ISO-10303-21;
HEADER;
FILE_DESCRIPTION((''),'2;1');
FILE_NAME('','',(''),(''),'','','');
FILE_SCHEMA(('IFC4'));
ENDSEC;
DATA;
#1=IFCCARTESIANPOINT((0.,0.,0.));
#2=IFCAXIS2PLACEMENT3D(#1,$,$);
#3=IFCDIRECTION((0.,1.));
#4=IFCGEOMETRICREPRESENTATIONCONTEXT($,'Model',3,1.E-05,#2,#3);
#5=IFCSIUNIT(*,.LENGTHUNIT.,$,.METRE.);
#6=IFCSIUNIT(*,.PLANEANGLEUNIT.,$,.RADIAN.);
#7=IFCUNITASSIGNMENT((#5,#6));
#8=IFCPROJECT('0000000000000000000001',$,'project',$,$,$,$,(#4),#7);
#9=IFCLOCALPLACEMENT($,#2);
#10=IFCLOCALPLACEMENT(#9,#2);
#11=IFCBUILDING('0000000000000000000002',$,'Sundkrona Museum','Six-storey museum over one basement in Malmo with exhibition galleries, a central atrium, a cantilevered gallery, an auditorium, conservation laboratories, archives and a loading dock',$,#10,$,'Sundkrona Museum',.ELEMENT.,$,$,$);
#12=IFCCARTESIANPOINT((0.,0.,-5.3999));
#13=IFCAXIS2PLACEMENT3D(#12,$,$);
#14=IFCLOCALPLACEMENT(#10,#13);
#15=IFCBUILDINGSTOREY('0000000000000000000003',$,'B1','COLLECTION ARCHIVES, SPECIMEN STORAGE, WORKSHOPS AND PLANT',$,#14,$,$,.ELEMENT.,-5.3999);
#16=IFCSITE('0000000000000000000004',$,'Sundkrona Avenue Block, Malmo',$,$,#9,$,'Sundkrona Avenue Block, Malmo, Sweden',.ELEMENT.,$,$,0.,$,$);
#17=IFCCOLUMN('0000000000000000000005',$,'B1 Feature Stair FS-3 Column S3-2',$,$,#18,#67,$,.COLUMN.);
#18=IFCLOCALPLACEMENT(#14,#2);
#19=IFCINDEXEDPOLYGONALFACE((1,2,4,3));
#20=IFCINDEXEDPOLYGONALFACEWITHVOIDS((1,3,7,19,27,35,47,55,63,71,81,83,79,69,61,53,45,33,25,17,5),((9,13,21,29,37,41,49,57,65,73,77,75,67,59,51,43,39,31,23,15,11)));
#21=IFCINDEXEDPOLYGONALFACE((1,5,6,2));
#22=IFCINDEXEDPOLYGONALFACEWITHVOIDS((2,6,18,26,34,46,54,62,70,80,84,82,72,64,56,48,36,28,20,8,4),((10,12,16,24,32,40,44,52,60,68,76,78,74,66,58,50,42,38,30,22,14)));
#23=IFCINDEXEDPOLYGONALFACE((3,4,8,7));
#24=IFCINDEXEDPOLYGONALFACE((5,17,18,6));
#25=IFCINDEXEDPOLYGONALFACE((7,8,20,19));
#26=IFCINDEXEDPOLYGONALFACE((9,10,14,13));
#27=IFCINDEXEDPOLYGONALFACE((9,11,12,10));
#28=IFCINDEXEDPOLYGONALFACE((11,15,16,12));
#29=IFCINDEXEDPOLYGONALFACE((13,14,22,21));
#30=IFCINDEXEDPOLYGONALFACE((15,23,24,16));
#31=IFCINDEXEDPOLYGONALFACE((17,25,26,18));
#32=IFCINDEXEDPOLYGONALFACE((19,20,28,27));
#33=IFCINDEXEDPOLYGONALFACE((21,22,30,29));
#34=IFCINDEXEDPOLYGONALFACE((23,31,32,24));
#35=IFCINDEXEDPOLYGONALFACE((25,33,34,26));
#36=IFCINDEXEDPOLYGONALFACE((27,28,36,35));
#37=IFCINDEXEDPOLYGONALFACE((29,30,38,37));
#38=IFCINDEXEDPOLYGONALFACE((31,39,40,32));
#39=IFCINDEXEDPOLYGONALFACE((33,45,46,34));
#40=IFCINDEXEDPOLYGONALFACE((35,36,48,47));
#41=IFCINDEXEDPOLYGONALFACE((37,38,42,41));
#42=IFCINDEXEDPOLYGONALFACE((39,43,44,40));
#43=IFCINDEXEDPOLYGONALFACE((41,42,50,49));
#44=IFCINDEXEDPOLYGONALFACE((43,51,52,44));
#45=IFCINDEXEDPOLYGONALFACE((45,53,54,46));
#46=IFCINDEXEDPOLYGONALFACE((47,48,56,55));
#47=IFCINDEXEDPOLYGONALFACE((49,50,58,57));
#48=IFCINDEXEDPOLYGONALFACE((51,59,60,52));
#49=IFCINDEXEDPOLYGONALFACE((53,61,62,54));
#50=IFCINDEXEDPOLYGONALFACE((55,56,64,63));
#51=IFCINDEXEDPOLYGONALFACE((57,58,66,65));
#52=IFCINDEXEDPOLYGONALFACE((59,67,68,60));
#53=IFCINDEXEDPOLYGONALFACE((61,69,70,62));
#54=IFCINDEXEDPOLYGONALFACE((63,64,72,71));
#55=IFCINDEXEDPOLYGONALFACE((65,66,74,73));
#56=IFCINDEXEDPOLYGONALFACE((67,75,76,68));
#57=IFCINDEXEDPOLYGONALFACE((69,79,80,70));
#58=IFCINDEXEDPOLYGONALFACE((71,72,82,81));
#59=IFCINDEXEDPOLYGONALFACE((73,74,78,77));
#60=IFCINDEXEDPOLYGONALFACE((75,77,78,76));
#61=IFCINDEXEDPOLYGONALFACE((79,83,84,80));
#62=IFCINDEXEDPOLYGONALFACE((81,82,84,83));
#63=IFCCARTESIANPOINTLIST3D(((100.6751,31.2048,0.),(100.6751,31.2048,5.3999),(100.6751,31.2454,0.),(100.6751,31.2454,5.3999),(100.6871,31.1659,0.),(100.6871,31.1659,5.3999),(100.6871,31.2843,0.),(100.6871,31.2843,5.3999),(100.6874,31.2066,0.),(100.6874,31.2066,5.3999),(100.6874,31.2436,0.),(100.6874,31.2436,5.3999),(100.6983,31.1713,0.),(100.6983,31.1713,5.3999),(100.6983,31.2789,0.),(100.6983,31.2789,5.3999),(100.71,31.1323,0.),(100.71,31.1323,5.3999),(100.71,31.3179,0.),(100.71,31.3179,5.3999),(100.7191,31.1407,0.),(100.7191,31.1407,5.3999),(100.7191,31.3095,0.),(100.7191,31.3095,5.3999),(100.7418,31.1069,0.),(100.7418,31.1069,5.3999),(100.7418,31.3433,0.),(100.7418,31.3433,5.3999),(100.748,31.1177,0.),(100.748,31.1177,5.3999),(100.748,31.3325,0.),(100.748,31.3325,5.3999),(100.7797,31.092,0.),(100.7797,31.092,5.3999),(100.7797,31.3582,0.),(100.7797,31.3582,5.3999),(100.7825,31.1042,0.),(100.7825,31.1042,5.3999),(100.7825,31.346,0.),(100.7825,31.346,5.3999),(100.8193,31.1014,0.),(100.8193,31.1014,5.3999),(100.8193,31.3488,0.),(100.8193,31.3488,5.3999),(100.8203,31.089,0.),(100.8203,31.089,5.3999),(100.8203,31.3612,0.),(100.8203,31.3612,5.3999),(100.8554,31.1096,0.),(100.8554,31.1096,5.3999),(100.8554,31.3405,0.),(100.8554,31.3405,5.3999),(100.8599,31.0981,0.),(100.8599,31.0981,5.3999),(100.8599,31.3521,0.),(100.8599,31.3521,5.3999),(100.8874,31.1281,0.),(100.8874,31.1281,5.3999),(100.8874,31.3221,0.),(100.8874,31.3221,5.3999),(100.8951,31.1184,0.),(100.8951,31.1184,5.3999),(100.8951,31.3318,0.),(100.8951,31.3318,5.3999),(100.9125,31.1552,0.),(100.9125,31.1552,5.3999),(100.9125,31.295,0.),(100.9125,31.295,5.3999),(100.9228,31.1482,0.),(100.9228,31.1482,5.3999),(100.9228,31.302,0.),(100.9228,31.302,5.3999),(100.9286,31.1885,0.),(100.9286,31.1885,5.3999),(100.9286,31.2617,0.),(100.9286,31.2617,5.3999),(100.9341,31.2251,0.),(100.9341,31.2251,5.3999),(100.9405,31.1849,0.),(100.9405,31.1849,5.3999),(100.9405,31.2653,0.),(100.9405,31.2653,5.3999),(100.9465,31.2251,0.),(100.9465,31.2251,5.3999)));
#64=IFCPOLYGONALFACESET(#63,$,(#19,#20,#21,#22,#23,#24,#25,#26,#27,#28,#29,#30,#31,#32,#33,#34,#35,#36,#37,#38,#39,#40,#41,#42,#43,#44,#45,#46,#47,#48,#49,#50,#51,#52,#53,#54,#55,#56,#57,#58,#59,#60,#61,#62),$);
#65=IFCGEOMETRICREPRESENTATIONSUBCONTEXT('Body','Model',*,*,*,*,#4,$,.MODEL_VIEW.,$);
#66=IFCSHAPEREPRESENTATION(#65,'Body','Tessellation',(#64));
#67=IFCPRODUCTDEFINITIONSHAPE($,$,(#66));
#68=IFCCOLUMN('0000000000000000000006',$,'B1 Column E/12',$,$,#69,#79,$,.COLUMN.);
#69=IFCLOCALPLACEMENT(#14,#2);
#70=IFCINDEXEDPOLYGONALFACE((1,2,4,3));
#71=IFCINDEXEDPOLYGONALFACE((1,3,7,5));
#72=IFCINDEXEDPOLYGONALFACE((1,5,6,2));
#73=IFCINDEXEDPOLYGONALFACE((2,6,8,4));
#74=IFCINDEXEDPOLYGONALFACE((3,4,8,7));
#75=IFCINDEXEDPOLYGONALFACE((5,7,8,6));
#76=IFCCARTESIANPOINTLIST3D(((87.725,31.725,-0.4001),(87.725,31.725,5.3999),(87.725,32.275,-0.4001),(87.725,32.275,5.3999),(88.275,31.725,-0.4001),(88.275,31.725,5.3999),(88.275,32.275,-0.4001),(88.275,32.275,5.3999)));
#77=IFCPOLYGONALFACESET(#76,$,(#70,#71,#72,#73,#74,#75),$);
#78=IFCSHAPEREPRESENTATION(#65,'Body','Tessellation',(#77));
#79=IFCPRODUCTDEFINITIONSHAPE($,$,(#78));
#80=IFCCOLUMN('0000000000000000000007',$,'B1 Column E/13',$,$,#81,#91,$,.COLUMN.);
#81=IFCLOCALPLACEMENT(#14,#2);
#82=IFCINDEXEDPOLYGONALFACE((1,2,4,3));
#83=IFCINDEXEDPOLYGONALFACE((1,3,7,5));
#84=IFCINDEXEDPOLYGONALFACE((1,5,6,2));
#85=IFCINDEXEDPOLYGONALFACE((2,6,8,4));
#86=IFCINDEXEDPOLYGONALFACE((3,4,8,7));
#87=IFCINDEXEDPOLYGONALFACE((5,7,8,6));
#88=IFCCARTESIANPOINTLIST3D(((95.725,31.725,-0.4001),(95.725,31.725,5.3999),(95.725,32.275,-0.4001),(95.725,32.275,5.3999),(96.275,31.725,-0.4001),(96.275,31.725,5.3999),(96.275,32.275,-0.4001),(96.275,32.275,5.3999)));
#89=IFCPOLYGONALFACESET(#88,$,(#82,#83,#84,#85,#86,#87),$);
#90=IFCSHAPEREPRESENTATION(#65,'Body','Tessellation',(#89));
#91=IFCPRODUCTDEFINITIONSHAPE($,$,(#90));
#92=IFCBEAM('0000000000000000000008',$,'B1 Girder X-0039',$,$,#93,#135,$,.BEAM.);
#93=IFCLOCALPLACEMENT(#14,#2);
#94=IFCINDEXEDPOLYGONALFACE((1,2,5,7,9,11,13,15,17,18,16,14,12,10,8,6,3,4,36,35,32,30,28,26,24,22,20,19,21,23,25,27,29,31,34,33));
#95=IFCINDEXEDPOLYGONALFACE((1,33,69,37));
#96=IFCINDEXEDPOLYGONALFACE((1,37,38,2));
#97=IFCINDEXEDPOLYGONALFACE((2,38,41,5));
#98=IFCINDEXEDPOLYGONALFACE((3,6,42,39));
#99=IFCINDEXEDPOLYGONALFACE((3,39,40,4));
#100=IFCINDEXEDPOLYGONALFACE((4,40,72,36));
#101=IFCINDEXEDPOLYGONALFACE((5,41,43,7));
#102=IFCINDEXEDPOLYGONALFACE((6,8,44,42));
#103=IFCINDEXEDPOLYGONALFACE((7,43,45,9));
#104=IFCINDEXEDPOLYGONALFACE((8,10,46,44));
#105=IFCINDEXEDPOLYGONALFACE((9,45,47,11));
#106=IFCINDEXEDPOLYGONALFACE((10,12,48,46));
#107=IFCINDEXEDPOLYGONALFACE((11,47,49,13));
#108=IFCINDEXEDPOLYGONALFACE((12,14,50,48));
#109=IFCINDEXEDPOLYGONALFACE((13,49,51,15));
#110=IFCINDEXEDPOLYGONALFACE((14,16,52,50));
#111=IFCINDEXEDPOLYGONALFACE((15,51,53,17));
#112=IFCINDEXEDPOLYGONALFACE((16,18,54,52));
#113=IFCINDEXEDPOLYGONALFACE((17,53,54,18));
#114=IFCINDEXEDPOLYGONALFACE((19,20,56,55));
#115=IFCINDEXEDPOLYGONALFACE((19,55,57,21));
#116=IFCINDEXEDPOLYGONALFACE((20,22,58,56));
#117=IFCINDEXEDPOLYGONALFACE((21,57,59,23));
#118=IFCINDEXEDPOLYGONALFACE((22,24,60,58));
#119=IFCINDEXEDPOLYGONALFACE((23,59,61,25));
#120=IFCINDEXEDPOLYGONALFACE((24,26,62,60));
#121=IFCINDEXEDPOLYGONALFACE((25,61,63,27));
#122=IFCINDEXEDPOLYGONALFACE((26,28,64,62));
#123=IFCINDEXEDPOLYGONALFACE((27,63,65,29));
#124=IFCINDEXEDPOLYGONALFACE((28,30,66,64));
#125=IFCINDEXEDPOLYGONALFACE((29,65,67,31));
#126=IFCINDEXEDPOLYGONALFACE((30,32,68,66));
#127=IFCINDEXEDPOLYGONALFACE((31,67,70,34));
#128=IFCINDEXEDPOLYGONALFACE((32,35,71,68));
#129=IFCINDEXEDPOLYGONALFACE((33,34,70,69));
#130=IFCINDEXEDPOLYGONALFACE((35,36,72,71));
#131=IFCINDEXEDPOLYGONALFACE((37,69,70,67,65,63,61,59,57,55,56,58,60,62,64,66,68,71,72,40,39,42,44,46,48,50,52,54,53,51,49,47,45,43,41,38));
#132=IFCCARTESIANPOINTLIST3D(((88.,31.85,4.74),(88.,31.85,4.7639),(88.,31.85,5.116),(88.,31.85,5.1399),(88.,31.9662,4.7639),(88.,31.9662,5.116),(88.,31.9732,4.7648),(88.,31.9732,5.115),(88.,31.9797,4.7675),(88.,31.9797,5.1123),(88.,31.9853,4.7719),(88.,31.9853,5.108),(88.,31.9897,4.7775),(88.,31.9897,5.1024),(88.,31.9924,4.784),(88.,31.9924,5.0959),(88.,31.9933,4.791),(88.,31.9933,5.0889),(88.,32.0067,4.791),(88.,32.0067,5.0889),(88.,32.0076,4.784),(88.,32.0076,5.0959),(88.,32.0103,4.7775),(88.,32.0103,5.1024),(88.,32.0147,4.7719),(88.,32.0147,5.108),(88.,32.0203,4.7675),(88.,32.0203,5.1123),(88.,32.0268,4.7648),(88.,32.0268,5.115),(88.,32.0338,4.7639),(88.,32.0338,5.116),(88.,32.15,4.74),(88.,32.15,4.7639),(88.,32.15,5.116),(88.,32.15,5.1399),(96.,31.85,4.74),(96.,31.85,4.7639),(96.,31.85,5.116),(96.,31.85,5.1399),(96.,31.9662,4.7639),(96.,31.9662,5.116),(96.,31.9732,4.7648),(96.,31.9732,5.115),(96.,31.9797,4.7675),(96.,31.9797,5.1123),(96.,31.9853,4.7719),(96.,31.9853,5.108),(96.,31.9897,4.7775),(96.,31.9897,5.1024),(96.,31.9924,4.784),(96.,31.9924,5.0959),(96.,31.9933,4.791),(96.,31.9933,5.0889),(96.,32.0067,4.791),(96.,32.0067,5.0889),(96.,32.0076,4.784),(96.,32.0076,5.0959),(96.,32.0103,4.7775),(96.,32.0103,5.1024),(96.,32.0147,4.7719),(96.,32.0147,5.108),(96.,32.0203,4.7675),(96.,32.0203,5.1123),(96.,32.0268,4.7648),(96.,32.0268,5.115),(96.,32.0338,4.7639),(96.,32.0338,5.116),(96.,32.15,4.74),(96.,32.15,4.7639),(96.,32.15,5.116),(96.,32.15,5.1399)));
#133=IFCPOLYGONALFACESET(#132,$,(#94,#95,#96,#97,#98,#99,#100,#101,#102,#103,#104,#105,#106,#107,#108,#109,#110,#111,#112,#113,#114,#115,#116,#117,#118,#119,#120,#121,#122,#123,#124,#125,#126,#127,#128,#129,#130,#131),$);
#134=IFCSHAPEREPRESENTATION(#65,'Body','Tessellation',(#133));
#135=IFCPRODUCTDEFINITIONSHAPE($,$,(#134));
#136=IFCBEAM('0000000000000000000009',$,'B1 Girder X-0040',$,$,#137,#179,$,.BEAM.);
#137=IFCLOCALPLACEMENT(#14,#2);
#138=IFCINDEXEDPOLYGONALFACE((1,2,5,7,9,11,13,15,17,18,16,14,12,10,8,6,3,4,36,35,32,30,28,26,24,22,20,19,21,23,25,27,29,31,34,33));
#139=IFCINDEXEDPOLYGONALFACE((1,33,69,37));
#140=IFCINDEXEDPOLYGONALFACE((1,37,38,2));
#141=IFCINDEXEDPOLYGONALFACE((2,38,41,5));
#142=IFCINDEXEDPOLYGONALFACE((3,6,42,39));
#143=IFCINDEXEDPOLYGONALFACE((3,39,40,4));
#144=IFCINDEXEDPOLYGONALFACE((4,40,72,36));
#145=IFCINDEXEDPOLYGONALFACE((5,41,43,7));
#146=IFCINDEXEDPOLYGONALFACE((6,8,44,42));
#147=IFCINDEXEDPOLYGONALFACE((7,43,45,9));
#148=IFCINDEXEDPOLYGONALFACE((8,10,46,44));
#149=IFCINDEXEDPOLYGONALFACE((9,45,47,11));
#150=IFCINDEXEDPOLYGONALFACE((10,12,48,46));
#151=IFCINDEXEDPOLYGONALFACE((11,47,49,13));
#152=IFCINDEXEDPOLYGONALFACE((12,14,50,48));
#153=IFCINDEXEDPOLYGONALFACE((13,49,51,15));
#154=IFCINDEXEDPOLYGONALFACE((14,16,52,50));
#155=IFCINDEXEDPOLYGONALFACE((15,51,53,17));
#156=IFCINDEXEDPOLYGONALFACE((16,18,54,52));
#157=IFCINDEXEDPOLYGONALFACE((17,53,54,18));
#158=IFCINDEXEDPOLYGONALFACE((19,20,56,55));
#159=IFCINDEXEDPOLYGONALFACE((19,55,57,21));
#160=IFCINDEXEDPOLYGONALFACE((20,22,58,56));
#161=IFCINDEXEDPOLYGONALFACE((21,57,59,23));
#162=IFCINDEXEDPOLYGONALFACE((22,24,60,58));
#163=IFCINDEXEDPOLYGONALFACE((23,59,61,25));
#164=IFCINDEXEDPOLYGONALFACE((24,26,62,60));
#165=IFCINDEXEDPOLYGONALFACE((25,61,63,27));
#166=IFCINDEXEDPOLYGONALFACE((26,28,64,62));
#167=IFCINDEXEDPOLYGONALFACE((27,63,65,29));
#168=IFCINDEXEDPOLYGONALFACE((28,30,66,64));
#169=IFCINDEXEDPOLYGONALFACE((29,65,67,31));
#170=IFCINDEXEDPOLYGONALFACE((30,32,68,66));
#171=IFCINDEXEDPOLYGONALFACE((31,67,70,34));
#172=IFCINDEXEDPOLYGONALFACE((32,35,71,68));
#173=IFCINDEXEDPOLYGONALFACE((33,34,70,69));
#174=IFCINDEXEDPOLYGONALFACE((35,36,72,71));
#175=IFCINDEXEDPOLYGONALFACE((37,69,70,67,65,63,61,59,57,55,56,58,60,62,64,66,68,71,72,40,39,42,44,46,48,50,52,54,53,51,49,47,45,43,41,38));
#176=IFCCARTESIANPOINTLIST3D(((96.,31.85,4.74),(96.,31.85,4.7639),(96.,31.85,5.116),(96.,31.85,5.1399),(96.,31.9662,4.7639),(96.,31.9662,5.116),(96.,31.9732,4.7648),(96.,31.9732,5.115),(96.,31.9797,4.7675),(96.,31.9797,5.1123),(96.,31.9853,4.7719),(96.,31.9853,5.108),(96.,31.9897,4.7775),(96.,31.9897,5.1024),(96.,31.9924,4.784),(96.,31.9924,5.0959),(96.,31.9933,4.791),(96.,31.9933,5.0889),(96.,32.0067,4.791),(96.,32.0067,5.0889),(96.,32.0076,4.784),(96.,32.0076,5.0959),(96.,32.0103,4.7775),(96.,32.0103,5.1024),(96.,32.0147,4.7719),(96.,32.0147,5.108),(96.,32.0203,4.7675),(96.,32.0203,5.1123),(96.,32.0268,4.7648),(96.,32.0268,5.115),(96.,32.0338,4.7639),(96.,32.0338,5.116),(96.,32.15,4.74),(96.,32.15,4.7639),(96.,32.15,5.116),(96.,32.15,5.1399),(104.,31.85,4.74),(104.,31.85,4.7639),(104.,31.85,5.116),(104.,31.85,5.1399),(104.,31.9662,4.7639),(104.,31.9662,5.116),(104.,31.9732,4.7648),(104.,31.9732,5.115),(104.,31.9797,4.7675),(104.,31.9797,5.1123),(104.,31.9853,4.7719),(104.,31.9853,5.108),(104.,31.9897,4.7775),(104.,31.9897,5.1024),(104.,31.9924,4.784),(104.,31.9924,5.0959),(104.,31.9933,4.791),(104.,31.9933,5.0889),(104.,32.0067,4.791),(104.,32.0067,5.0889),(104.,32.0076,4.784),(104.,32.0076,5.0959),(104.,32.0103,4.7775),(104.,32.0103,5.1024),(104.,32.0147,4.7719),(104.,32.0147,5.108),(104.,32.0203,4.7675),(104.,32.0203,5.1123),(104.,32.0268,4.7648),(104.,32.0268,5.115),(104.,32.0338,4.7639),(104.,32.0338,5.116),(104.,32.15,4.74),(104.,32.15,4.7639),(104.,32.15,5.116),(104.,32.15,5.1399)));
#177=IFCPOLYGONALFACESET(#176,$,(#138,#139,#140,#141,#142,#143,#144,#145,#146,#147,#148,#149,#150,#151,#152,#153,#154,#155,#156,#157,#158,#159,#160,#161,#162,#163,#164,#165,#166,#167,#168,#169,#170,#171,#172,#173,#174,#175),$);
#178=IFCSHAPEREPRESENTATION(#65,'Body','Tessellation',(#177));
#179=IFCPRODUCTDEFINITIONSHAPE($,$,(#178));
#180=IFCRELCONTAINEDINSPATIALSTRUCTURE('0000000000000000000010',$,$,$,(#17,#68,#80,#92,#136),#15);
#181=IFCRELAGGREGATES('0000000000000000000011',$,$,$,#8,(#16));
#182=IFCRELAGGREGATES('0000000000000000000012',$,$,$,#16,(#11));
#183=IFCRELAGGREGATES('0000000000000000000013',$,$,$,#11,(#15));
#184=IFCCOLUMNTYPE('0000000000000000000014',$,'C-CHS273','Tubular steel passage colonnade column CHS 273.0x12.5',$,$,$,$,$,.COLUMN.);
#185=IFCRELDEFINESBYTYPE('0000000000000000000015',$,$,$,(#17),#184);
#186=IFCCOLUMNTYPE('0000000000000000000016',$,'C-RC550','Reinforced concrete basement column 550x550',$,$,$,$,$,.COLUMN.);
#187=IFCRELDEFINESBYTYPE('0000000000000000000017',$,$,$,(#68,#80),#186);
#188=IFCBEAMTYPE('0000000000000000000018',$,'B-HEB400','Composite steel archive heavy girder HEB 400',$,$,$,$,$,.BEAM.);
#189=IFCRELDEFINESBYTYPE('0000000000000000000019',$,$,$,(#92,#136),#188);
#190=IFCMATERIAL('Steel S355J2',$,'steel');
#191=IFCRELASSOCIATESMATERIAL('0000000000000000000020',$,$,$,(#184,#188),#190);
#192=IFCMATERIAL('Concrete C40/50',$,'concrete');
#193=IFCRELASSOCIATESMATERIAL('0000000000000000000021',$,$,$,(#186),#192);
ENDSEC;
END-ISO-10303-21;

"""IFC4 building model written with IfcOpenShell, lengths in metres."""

from ifc_helpers import new_model, si_unit, direction, frame, origin, origin_2d, place, context, subcontext, project, spatial, rectangle, hollow_circle, i_section, extrude, material, material_profile, profile_set, type_object, element, save


model = new_model("IFC4")

# Units and contexts
model_context = context("Model", 3, precision=1e-05, world=origin(), true_north=direction((0.0, 1.0)))
body_context = subcontext(model_context, "Body", "Model", "MODEL_VIEW")
ifc_project = project(units=[si_unit("LENGTHUNIT", "METRE"), si_unit("PLANEANGLEUNIT", "RADIAN")], contexts=[model_context])

# Site, building, storey
site_placement = place(None, origin())
site = spatial("IfcSite", under=ifc_project, at=site_placement, Name="Sundkrona Avenue Block, Malmo", LongName="Sundkrona Avenue Block, Malmo, Sweden", CompositionType="ELEMENT", RefElevation=0.0)
building_placement = place(site_placement, origin())
building = spatial("IfcBuilding", under=site, at=building_placement, Name="Sundkrona Museum", Description="Six-storey museum over one basement in Malmo with exhibition galleries, a central atrium, a cantilevered gallery, an auditorium, conservation laboratories, archives and a loading dock", LongName="Sundkrona Museum", CompositionType="ELEMENT")
storey_placement = place(building_placement, frame((0.0, 0.0, -5.3999)))
storey = spatial("IfcBuildingStorey", under=building, at=storey_placement, Name="B1", Description="COLLECTION ARCHIVES, SPECIMEN STORAGE, WORKSHOPS AND PLANT", CompositionType="ELEMENT", Elevation=-5.3999)

# Shared definitions
ifc_material_1 = material(Name="Concrete C40/50", Category="concrete")

# Columns
ifc_material_2 = material(Name="Steel S355J2", Category="steel")
ifc_material_profile_1 = material_profile(ifc_material_2, hollow_circle(Radius=0.1365, WallThickness=0.0125, at=origin_2d()), Name="CHS 273.0x12.5")
ifc_profile_set_1 = profile_set([ifc_material_profile_1], Name="Steel S355J2")
column_type_1 = type_object("IfcColumnType", Name="C-CHS273", Description="Tubular steel passage colonnade column CHS 273.0x12.5", PredefinedType="COLUMN", material=ifc_profile_set_1)
column_placement = place(storey_placement, frame((100.8101, 31.2251, 0.0), z_axis=(0.0, 0.0, 1.0), x_axis=(1.0, 0.0, 0.0)))
element("IfcColumn", 1, at=column_placement, inside=storey, type_object=column_type_1, Name="B1 Feature Stair FS-3 Column S3-2", PredefinedType="COLUMN", context=body_context, shape_type="SweptSolid", body=[
    extrude(hollow_circle(Radius=0.1365, WallThickness=0.0125, at=origin_2d()), origin(), (0.0, 0.0, 1.0), 5.3999),
])
ifc_material_profile_2 = material_profile(ifc_material_1, rectangle(XDim=0.55, YDim=0.55, at=origin_2d()), Name="RC 550x550")
ifc_profile_set_2 = profile_set([ifc_material_profile_2], Name="Concrete C40/50")
column_type_2 = type_object("IfcColumnType", Name="C-RC550", Description="Reinforced concrete basement column 550x550", PredefinedType="COLUMN", material=ifc_profile_set_2)
for number, where, z_axis, x_axis, name in (
    (2, (88.0, 32.0, -0.4001), (0.0, 0.0, 1.0), (1.0, 0.0, 0.0), "B1 Column E/12"),
    (3, (96.0, 32.0, -0.4001), (0.0, 0.0, 1.0), (1.0, 0.0, 0.0), "B1 Column E/13"),
):
    element("IfcColumn", number, at=place(storey_placement, frame(where, z_axis=z_axis, x_axis=x_axis)), inside=storey, type_object=column_type_2, Name=name, PredefinedType="COLUMN", context=body_context, shape_type="SweptSolid", body=[
        extrude(rectangle(XDim=0.55, YDim=0.55, at=origin_2d()), origin(), (0.0, 0.0, 1.0), 5.8),
    ])

# Beams
ifc_material_profile_3 = material_profile(ifc_material_2, i_section(OverallWidth=0.3, OverallDepth=0.3999, WebThickness=0.0134, FlangeThickness=0.0239, FilletRadius=0.0271, at=origin_2d()), Name="HEB 400")
ifc_profile_set_3 = profile_set([ifc_material_profile_3], Name="Steel S355J2")
beam_type_1 = type_object("IfcBeamType", Name="B-HEB400", Description="Composite steel archive heavy girder HEB 400", PredefinedType="BEAM", material=ifc_profile_set_3)
for number, where, z_axis, x_axis, name in (
    (4, (88.0, 32.0, 4.9399), (1.0, 0.0, 0.0), (0.0, 1.0, 0.0), "B1 Girder X-0039"),
    (5, (96.0, 32.0, 4.9399), (1.0, 0.0, 0.0), (0.0, 1.0, 0.0), "B1 Girder X-0040"),
):
    element("IfcBeam", number, at=place(storey_placement, frame(where, z_axis=z_axis, x_axis=x_axis)), inside=storey, type_object=beam_type_1, Name=name, PredefinedType="BEAM", context=body_context, shape_type="SweptSolid", body=[
        extrude(i_section(OverallWidth=0.3, OverallDepth=0.3999, WebThickness=0.0134, FlangeThickness=0.0239, FilletRadius=0.0271, at=origin_2d()), origin(), (0.0, 0.0, 1.0), 8.0),
    ])

save(model, "model.ifc")
